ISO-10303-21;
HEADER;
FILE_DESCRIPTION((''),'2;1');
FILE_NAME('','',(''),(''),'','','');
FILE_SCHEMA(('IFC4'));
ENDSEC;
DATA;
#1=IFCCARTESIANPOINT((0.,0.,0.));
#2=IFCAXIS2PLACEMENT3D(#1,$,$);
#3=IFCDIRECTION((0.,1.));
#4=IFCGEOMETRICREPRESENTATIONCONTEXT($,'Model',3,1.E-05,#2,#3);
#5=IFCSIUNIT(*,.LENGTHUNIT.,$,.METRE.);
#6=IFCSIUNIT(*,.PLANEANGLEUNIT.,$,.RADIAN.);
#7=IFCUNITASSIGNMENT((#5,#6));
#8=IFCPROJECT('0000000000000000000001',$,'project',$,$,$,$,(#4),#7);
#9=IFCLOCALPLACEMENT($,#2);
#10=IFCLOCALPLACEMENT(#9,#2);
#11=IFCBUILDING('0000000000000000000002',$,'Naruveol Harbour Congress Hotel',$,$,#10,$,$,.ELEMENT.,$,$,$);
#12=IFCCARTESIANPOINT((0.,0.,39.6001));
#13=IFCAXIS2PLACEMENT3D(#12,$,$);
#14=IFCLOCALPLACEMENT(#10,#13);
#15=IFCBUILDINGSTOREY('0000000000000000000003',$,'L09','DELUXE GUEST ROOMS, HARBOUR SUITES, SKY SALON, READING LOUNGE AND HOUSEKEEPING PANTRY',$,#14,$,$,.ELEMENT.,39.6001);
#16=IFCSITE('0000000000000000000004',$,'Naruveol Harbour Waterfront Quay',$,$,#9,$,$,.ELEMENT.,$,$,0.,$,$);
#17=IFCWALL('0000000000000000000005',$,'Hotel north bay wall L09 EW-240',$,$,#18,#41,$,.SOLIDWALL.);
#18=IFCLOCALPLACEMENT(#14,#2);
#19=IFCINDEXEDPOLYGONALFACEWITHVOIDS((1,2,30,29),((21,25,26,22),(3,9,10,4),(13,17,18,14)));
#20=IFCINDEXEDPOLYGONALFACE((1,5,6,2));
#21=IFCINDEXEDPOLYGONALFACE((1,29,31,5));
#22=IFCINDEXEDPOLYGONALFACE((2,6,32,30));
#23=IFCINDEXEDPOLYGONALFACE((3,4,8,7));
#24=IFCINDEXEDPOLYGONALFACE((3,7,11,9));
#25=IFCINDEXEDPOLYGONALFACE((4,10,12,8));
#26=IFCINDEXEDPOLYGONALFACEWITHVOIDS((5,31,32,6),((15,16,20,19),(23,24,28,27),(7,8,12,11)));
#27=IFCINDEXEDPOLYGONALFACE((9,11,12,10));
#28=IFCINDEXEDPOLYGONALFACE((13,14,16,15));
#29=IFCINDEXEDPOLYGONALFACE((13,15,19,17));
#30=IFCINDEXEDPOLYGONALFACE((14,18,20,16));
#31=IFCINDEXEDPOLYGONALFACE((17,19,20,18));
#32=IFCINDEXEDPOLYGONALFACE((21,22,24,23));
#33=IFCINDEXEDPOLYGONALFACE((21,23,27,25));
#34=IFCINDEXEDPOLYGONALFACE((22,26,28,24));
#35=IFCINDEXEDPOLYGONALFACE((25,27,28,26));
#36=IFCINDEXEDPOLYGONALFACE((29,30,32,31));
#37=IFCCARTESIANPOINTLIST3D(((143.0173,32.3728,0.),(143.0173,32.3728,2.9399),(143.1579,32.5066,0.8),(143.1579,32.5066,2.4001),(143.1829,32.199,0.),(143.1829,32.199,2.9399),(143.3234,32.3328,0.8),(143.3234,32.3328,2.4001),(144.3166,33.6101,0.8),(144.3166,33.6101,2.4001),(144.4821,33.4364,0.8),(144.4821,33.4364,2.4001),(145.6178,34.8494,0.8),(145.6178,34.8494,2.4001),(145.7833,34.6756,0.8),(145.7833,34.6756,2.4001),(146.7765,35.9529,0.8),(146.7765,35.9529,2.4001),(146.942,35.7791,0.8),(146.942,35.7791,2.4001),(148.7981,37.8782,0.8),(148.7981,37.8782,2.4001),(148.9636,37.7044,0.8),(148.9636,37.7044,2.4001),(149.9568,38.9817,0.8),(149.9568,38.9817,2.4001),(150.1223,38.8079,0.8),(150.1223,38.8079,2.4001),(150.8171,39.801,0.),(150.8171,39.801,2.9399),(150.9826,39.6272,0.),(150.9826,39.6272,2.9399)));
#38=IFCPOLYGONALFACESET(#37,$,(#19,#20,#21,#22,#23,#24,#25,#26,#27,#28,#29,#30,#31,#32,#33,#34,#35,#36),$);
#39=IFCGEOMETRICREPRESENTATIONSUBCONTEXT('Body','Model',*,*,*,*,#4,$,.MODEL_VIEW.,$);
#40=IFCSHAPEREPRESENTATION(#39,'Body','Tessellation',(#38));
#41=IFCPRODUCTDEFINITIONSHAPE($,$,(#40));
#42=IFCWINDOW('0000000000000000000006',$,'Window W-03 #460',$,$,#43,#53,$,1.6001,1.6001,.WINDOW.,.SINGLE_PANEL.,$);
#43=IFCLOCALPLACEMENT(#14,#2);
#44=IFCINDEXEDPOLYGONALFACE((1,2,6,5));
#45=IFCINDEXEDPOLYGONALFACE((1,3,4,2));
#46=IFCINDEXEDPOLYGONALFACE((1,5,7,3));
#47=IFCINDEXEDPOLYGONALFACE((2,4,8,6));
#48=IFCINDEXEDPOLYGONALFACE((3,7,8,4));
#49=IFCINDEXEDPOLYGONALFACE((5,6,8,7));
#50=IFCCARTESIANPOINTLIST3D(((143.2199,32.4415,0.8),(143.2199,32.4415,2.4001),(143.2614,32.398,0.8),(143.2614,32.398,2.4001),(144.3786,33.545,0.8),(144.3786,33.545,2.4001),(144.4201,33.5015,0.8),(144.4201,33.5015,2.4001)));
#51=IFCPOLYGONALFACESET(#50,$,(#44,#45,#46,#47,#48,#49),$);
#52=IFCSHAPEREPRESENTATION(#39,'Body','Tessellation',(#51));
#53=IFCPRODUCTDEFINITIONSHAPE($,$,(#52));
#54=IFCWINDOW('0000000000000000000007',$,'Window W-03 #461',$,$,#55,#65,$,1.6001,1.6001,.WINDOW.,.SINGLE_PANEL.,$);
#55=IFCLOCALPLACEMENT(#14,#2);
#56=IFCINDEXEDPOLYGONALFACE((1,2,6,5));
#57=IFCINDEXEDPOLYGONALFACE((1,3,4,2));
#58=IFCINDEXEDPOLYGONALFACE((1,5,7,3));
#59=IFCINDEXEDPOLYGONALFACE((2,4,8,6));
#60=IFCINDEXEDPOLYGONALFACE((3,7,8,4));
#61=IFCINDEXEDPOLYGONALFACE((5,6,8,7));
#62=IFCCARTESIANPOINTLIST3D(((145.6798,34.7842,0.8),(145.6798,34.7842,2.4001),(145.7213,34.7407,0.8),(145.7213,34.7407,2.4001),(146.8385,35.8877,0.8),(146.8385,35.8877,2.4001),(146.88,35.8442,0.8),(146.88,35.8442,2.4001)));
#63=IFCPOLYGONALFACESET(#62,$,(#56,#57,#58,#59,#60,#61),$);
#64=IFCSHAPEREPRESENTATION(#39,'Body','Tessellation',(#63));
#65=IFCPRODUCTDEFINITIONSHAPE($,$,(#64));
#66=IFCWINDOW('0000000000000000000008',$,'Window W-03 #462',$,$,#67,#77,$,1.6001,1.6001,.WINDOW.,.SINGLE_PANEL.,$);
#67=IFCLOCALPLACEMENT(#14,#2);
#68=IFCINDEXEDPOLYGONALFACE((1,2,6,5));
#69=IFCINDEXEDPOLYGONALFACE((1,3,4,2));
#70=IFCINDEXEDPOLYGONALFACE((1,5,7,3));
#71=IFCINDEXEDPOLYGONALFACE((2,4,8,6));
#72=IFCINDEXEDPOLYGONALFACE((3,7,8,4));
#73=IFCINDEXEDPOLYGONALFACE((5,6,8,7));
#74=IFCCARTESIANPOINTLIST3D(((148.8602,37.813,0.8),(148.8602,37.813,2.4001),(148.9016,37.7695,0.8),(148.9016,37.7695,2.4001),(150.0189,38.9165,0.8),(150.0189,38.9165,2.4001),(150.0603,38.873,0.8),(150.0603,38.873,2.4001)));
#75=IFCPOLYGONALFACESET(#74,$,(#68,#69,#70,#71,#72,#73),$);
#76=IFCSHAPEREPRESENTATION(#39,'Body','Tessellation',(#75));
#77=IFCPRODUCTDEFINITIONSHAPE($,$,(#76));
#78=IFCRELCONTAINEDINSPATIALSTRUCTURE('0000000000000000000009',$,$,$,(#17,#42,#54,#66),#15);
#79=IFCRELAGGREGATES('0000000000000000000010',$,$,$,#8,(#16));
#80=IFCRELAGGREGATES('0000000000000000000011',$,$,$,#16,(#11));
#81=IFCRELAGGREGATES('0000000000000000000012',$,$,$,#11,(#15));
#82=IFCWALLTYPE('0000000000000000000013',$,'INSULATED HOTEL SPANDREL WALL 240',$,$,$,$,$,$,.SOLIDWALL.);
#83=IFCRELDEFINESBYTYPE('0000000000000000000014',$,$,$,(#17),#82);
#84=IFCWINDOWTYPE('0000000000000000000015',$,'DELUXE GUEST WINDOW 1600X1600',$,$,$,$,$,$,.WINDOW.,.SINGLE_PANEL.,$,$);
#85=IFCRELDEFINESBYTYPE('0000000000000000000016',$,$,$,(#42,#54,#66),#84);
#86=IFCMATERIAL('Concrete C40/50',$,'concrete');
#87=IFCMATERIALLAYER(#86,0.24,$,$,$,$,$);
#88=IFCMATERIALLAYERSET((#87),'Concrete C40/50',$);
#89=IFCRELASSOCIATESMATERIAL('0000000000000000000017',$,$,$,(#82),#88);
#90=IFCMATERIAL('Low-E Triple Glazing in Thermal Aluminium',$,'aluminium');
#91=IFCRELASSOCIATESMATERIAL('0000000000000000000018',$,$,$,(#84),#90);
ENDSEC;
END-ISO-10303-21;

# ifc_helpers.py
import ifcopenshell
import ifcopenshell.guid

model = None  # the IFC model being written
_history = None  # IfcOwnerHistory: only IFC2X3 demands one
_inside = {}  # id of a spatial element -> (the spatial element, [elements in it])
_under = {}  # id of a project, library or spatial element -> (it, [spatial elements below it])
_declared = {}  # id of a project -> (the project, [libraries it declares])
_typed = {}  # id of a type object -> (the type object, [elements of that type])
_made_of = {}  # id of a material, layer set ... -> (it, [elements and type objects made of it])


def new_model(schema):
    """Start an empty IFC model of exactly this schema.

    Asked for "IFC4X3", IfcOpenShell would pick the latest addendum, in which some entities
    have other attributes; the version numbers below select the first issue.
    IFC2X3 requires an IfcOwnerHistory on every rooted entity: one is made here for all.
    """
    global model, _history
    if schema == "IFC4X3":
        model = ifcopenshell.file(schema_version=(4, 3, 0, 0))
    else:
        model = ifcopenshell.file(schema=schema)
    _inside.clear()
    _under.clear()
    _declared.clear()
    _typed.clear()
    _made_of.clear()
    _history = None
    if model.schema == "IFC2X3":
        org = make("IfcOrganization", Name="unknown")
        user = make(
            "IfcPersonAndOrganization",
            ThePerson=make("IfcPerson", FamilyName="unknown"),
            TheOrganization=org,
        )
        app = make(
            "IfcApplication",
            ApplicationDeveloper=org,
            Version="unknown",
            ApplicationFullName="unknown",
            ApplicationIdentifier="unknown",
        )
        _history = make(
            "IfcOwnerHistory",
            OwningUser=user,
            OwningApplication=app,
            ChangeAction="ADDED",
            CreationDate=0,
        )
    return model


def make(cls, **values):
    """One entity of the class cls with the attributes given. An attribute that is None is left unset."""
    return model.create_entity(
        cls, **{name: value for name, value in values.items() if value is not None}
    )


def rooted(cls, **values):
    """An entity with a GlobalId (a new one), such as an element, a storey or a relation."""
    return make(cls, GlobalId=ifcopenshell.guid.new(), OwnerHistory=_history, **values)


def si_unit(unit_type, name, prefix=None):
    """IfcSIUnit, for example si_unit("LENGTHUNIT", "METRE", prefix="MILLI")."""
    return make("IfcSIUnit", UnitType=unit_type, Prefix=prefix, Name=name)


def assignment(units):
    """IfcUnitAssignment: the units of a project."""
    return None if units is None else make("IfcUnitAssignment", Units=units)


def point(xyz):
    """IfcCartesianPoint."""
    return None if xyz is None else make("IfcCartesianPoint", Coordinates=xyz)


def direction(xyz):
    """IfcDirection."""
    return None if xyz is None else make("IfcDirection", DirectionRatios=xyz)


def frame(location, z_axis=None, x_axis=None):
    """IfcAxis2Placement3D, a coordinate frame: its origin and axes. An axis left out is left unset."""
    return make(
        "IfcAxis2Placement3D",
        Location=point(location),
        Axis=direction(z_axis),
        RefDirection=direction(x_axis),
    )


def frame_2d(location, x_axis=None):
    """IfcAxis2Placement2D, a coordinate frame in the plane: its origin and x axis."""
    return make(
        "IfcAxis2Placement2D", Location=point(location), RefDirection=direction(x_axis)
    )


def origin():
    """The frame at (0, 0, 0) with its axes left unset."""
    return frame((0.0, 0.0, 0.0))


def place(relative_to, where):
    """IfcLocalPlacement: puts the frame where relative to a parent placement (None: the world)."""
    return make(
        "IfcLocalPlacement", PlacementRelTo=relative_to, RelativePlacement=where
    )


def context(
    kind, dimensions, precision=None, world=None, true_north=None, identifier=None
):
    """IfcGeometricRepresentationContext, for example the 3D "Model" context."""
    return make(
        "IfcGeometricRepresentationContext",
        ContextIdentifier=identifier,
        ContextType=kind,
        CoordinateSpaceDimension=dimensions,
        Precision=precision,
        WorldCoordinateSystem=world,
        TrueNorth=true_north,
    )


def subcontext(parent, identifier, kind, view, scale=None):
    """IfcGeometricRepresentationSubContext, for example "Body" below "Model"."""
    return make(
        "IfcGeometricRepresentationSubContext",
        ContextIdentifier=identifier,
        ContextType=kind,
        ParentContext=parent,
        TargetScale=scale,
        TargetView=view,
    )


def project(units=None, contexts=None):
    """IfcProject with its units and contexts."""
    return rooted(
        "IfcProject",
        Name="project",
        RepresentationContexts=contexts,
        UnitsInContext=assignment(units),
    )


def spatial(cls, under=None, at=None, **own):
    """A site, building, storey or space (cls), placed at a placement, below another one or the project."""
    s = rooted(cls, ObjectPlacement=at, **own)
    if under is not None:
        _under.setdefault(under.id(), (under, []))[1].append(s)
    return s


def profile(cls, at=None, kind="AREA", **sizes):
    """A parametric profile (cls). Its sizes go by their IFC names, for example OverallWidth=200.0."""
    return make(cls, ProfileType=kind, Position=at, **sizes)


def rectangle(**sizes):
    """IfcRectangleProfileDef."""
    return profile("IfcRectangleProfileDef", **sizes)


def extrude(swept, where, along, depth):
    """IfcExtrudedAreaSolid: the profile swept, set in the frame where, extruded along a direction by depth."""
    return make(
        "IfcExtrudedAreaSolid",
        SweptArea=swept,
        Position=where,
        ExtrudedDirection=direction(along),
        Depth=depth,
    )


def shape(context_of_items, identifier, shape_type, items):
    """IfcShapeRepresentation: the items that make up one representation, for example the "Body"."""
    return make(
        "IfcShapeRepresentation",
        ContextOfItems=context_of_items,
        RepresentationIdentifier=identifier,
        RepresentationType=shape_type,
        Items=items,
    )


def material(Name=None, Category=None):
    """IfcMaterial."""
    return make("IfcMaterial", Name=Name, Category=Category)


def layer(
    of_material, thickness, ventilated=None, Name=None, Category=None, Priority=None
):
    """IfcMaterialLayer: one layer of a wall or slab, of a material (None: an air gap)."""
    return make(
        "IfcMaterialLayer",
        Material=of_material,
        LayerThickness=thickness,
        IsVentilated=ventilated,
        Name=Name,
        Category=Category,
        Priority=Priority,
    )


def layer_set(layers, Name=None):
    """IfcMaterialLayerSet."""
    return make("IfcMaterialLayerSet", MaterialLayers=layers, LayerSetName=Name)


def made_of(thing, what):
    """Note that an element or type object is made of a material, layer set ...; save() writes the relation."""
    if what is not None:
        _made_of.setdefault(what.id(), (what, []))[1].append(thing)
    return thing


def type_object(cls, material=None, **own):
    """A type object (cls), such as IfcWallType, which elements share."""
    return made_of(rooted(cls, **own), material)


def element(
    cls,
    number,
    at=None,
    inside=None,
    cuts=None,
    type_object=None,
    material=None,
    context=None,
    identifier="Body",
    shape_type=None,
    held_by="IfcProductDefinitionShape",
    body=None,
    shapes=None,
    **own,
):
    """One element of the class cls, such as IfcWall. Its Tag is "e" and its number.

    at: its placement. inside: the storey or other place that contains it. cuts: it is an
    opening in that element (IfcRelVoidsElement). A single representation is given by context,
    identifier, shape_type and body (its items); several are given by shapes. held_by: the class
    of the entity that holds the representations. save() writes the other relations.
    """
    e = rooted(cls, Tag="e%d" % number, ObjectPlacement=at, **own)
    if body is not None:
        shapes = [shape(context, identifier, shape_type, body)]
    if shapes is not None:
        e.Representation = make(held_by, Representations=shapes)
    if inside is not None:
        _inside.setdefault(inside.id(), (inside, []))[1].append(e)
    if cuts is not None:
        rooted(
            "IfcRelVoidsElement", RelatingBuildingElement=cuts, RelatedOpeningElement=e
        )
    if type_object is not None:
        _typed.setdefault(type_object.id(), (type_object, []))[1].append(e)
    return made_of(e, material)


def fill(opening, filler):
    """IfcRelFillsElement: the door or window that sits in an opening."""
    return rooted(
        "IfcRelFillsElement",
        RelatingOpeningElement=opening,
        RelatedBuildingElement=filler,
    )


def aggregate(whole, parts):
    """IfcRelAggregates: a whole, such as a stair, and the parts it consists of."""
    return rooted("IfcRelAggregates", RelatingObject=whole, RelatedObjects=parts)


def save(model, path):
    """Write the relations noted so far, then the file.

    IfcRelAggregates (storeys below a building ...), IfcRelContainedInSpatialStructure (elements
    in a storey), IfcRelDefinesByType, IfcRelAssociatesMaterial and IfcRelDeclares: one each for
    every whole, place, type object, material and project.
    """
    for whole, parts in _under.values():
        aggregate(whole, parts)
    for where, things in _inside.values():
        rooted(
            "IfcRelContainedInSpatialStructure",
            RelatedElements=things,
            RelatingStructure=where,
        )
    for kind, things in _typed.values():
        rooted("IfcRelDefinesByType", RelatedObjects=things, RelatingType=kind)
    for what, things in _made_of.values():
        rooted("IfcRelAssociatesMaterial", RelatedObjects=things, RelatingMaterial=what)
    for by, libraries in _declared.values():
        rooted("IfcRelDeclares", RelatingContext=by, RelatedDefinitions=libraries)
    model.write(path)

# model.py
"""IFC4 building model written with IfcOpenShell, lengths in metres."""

from ifc_helpers import new_model, si_unit, direction, frame, frame_2d, origin, place, context, subcontext, project, spatial, rectangle, extrude, material, layer, layer_set, type_object, element, fill, save


model = new_model("IFC4")

# Units and contexts
model_context = context("Model", 3, precision=1e-05, world=origin(), true_north=direction((0.0, 1.0)))
body_context = subcontext(model_context, "Body", "Model", "MODEL_VIEW")
ifc_project = project(units=[si_unit("LENGTHUNIT", "METRE"), si_unit("PLANEANGLEUNIT", "RADIAN")], contexts=[model_context])

# Site, building, storey
site_placement = place(None, origin())
site = spatial("IfcSite", under=ifc_project, at=site_placement, Name="Naruveol Harbour Waterfront Quay", CompositionType="ELEMENT", RefElevation=0.0)
building_placement = place(site_placement, origin())
building = spatial("IfcBuilding", under=site, at=building_placement, Name="Naruveol Harbour Congress Hotel", CompositionType="ELEMENT")
storey_placement = place(building_placement, frame((0.0, 0.0, 39.6001)))
storey = spatial("IfcBuildingStorey", under=building, at=storey_placement, Name="L09", Description="DELUXE GUEST ROOMS, HARBOUR SUITES, SKY SALON, READING LOUNGE AND HOUSEKEEPING PANTRY", CompositionType="ELEMENT", Elevation=39.6001)

# Wall, openings, windows
ifc_material_1 = material(Name="Concrete C40/50", Category="concrete")
ifc_layer_1 = layer(ifc_material_1, 0.24)
ifc_layer_set_1 = layer_set([ifc_layer_1], Name="Concrete C40/50")
wall_type_1 = type_object("IfcWallType", Name="INSULATED HOTEL SPANDREL WALL 240", PredefinedType="SOLIDWALL", material=ifc_layer_set_1)
wall_1_placement = place(storey_placement, frame((143.1001, 32.2859, 0.0), z_axis=(0.0, 0.0, 1.0), x_axis=(0.724145, 0.689647, 0.0)))
wall_1 = element("IfcWall", 1, at=wall_1_placement, inside=storey, type_object=wall_type_1, Name="Hotel north bay wall L09 EW-240", PredefinedType="SOLIDWALL", context=body_context, shape_type="SweptSolid", body=[
    extrude(rectangle(XDim=10.771, YDim=0.24, at=frame_2d((5.3855, 0.0))), origin(), (0.0, 0.0, 1.0), 2.9399),
])
opening_1_placement = place(wall_1_placement, frame((0.1941, 0.0, 0.8)))
opening_1 = element("IfcOpeningElement", 2, at=opening_1_placement, cuts=wall_1, PredefinedType="OPENING", context=body_context, shape_type="SweptSolid", body=[
    extrude(rectangle(XDim=1.6001, YDim=1.6001, at=frame_2d((0.8, 0.8))), frame((0.0, 0.1299, 0.0), z_axis=(0.0, -1.0, 0.0), x_axis=(1.0, 0.0, 0.0)), (0.0, 0.0, 1.0), 0.26),
])
opening_2_placement = place(wall_1_placement, frame((3.5911, 0.0, 0.8)))
opening_2 = element("IfcOpeningElement", 3, at=opening_2_placement, cuts=wall_1, PredefinedType="OPENING", context=body_context, shape_type="SweptSolid", body=[
    extrude(rectangle(XDim=1.6001, YDim=1.6001, at=frame_2d((0.8, 0.8))), frame((0.0, 0.1299, 0.0), z_axis=(0.0, -1.0, 0.0), x_axis=(1.0, 0.0, 0.0)), (0.0, 0.0, 1.0), 0.26),
])
opening_3_placement = place(wall_1_placement, frame((7.9829, 0.0, 0.8)))
opening_3 = element("IfcOpeningElement", 4, at=opening_3_placement, cuts=wall_1, PredefinedType="OPENING", context=body_context, shape_type="SweptSolid", body=[
    extrude(rectangle(XDim=1.6001, YDim=1.6001, at=frame_2d((0.8, 0.8))), frame((0.0, 0.1299, 0.0), z_axis=(0.0, -1.0, 0.0), x_axis=(1.0, 0.0, 0.0)), (0.0, 0.0, 1.0), 0.26),
])
ifc_material_2 = material(Name="Low-E Triple Glazing in Thermal Aluminium", Category="aluminium")
window_type = type_object("IfcWindowType", Name="DELUXE GUEST WINDOW 1600X1600", PartitioningType="SINGLE_PANEL", PredefinedType="WINDOW", material=ifc_material_2)
window_1_placement = place(opening_1_placement, origin())
window_1 = element("IfcWindow", 5, at=window_1_placement, inside=storey, type_object=window_type, Name="Window W-03 #460", OverallHeight=1.6001, OverallWidth=1.6001, PartitioningType="SINGLE_PANEL", PredefinedType="WINDOW", context=body_context, shape_type="SweptSolid", body=[
    extrude(rectangle(XDim=1.6001, YDim=1.6001, at=frame_2d((0.8, 0.8))), frame((0.0, 0.03, 0.0), z_axis=(0.0, -1.0, 0.0), x_axis=(1.0, 0.0, 0.0)), (0.0, 0.0, 1.0), 0.0601),
])
fill(opening_1, window_1)
window_2_placement = place(opening_2_placement, origin())
window_2 = element("IfcWindow", 6, at=window_2_placement, inside=storey, type_object=window_type, Name="Window W-03 #461", OverallHeight=1.6001, OverallWidth=1.6001, PartitioningType="SINGLE_PANEL", PredefinedType="WINDOW", context=body_context, shape_type="SweptSolid", body=[
    extrude(rectangle(XDim=1.6001, YDim=1.6001, at=frame_2d((0.8, 0.8))), frame((0.0, 0.03, 0.0), z_axis=(0.0, -1.0, 0.0), x_axis=(1.0, 0.0, 0.0)), (0.0, 0.0, 1.0), 0.0601),
])
fill(opening_2, window_2)
window_3_placement = place(opening_3_placement, origin())
window_3 = element("IfcWindow", 7, at=window_3_placement, inside=storey, type_object=window_type, Name="Window W-03 #462", OverallHeight=1.6001, OverallWidth=1.6001, PartitioningType="SINGLE_PANEL", PredefinedType="WINDOW", context=body_context, shape_type="SweptSolid", body=[
    extrude(rectangle(XDim=1.6001, YDim=1.6001, at=frame_2d((0.8, 0.8))), frame((0.0, 0.03, 0.0), z_axis=(0.0, -1.0, 0.0), x_axis=(1.0, 0.0, 0.0)), (0.0, 0.0, 1.0), 0.0601),
])
fill(opening_3, window_3)

save(model, "model.ifc")
